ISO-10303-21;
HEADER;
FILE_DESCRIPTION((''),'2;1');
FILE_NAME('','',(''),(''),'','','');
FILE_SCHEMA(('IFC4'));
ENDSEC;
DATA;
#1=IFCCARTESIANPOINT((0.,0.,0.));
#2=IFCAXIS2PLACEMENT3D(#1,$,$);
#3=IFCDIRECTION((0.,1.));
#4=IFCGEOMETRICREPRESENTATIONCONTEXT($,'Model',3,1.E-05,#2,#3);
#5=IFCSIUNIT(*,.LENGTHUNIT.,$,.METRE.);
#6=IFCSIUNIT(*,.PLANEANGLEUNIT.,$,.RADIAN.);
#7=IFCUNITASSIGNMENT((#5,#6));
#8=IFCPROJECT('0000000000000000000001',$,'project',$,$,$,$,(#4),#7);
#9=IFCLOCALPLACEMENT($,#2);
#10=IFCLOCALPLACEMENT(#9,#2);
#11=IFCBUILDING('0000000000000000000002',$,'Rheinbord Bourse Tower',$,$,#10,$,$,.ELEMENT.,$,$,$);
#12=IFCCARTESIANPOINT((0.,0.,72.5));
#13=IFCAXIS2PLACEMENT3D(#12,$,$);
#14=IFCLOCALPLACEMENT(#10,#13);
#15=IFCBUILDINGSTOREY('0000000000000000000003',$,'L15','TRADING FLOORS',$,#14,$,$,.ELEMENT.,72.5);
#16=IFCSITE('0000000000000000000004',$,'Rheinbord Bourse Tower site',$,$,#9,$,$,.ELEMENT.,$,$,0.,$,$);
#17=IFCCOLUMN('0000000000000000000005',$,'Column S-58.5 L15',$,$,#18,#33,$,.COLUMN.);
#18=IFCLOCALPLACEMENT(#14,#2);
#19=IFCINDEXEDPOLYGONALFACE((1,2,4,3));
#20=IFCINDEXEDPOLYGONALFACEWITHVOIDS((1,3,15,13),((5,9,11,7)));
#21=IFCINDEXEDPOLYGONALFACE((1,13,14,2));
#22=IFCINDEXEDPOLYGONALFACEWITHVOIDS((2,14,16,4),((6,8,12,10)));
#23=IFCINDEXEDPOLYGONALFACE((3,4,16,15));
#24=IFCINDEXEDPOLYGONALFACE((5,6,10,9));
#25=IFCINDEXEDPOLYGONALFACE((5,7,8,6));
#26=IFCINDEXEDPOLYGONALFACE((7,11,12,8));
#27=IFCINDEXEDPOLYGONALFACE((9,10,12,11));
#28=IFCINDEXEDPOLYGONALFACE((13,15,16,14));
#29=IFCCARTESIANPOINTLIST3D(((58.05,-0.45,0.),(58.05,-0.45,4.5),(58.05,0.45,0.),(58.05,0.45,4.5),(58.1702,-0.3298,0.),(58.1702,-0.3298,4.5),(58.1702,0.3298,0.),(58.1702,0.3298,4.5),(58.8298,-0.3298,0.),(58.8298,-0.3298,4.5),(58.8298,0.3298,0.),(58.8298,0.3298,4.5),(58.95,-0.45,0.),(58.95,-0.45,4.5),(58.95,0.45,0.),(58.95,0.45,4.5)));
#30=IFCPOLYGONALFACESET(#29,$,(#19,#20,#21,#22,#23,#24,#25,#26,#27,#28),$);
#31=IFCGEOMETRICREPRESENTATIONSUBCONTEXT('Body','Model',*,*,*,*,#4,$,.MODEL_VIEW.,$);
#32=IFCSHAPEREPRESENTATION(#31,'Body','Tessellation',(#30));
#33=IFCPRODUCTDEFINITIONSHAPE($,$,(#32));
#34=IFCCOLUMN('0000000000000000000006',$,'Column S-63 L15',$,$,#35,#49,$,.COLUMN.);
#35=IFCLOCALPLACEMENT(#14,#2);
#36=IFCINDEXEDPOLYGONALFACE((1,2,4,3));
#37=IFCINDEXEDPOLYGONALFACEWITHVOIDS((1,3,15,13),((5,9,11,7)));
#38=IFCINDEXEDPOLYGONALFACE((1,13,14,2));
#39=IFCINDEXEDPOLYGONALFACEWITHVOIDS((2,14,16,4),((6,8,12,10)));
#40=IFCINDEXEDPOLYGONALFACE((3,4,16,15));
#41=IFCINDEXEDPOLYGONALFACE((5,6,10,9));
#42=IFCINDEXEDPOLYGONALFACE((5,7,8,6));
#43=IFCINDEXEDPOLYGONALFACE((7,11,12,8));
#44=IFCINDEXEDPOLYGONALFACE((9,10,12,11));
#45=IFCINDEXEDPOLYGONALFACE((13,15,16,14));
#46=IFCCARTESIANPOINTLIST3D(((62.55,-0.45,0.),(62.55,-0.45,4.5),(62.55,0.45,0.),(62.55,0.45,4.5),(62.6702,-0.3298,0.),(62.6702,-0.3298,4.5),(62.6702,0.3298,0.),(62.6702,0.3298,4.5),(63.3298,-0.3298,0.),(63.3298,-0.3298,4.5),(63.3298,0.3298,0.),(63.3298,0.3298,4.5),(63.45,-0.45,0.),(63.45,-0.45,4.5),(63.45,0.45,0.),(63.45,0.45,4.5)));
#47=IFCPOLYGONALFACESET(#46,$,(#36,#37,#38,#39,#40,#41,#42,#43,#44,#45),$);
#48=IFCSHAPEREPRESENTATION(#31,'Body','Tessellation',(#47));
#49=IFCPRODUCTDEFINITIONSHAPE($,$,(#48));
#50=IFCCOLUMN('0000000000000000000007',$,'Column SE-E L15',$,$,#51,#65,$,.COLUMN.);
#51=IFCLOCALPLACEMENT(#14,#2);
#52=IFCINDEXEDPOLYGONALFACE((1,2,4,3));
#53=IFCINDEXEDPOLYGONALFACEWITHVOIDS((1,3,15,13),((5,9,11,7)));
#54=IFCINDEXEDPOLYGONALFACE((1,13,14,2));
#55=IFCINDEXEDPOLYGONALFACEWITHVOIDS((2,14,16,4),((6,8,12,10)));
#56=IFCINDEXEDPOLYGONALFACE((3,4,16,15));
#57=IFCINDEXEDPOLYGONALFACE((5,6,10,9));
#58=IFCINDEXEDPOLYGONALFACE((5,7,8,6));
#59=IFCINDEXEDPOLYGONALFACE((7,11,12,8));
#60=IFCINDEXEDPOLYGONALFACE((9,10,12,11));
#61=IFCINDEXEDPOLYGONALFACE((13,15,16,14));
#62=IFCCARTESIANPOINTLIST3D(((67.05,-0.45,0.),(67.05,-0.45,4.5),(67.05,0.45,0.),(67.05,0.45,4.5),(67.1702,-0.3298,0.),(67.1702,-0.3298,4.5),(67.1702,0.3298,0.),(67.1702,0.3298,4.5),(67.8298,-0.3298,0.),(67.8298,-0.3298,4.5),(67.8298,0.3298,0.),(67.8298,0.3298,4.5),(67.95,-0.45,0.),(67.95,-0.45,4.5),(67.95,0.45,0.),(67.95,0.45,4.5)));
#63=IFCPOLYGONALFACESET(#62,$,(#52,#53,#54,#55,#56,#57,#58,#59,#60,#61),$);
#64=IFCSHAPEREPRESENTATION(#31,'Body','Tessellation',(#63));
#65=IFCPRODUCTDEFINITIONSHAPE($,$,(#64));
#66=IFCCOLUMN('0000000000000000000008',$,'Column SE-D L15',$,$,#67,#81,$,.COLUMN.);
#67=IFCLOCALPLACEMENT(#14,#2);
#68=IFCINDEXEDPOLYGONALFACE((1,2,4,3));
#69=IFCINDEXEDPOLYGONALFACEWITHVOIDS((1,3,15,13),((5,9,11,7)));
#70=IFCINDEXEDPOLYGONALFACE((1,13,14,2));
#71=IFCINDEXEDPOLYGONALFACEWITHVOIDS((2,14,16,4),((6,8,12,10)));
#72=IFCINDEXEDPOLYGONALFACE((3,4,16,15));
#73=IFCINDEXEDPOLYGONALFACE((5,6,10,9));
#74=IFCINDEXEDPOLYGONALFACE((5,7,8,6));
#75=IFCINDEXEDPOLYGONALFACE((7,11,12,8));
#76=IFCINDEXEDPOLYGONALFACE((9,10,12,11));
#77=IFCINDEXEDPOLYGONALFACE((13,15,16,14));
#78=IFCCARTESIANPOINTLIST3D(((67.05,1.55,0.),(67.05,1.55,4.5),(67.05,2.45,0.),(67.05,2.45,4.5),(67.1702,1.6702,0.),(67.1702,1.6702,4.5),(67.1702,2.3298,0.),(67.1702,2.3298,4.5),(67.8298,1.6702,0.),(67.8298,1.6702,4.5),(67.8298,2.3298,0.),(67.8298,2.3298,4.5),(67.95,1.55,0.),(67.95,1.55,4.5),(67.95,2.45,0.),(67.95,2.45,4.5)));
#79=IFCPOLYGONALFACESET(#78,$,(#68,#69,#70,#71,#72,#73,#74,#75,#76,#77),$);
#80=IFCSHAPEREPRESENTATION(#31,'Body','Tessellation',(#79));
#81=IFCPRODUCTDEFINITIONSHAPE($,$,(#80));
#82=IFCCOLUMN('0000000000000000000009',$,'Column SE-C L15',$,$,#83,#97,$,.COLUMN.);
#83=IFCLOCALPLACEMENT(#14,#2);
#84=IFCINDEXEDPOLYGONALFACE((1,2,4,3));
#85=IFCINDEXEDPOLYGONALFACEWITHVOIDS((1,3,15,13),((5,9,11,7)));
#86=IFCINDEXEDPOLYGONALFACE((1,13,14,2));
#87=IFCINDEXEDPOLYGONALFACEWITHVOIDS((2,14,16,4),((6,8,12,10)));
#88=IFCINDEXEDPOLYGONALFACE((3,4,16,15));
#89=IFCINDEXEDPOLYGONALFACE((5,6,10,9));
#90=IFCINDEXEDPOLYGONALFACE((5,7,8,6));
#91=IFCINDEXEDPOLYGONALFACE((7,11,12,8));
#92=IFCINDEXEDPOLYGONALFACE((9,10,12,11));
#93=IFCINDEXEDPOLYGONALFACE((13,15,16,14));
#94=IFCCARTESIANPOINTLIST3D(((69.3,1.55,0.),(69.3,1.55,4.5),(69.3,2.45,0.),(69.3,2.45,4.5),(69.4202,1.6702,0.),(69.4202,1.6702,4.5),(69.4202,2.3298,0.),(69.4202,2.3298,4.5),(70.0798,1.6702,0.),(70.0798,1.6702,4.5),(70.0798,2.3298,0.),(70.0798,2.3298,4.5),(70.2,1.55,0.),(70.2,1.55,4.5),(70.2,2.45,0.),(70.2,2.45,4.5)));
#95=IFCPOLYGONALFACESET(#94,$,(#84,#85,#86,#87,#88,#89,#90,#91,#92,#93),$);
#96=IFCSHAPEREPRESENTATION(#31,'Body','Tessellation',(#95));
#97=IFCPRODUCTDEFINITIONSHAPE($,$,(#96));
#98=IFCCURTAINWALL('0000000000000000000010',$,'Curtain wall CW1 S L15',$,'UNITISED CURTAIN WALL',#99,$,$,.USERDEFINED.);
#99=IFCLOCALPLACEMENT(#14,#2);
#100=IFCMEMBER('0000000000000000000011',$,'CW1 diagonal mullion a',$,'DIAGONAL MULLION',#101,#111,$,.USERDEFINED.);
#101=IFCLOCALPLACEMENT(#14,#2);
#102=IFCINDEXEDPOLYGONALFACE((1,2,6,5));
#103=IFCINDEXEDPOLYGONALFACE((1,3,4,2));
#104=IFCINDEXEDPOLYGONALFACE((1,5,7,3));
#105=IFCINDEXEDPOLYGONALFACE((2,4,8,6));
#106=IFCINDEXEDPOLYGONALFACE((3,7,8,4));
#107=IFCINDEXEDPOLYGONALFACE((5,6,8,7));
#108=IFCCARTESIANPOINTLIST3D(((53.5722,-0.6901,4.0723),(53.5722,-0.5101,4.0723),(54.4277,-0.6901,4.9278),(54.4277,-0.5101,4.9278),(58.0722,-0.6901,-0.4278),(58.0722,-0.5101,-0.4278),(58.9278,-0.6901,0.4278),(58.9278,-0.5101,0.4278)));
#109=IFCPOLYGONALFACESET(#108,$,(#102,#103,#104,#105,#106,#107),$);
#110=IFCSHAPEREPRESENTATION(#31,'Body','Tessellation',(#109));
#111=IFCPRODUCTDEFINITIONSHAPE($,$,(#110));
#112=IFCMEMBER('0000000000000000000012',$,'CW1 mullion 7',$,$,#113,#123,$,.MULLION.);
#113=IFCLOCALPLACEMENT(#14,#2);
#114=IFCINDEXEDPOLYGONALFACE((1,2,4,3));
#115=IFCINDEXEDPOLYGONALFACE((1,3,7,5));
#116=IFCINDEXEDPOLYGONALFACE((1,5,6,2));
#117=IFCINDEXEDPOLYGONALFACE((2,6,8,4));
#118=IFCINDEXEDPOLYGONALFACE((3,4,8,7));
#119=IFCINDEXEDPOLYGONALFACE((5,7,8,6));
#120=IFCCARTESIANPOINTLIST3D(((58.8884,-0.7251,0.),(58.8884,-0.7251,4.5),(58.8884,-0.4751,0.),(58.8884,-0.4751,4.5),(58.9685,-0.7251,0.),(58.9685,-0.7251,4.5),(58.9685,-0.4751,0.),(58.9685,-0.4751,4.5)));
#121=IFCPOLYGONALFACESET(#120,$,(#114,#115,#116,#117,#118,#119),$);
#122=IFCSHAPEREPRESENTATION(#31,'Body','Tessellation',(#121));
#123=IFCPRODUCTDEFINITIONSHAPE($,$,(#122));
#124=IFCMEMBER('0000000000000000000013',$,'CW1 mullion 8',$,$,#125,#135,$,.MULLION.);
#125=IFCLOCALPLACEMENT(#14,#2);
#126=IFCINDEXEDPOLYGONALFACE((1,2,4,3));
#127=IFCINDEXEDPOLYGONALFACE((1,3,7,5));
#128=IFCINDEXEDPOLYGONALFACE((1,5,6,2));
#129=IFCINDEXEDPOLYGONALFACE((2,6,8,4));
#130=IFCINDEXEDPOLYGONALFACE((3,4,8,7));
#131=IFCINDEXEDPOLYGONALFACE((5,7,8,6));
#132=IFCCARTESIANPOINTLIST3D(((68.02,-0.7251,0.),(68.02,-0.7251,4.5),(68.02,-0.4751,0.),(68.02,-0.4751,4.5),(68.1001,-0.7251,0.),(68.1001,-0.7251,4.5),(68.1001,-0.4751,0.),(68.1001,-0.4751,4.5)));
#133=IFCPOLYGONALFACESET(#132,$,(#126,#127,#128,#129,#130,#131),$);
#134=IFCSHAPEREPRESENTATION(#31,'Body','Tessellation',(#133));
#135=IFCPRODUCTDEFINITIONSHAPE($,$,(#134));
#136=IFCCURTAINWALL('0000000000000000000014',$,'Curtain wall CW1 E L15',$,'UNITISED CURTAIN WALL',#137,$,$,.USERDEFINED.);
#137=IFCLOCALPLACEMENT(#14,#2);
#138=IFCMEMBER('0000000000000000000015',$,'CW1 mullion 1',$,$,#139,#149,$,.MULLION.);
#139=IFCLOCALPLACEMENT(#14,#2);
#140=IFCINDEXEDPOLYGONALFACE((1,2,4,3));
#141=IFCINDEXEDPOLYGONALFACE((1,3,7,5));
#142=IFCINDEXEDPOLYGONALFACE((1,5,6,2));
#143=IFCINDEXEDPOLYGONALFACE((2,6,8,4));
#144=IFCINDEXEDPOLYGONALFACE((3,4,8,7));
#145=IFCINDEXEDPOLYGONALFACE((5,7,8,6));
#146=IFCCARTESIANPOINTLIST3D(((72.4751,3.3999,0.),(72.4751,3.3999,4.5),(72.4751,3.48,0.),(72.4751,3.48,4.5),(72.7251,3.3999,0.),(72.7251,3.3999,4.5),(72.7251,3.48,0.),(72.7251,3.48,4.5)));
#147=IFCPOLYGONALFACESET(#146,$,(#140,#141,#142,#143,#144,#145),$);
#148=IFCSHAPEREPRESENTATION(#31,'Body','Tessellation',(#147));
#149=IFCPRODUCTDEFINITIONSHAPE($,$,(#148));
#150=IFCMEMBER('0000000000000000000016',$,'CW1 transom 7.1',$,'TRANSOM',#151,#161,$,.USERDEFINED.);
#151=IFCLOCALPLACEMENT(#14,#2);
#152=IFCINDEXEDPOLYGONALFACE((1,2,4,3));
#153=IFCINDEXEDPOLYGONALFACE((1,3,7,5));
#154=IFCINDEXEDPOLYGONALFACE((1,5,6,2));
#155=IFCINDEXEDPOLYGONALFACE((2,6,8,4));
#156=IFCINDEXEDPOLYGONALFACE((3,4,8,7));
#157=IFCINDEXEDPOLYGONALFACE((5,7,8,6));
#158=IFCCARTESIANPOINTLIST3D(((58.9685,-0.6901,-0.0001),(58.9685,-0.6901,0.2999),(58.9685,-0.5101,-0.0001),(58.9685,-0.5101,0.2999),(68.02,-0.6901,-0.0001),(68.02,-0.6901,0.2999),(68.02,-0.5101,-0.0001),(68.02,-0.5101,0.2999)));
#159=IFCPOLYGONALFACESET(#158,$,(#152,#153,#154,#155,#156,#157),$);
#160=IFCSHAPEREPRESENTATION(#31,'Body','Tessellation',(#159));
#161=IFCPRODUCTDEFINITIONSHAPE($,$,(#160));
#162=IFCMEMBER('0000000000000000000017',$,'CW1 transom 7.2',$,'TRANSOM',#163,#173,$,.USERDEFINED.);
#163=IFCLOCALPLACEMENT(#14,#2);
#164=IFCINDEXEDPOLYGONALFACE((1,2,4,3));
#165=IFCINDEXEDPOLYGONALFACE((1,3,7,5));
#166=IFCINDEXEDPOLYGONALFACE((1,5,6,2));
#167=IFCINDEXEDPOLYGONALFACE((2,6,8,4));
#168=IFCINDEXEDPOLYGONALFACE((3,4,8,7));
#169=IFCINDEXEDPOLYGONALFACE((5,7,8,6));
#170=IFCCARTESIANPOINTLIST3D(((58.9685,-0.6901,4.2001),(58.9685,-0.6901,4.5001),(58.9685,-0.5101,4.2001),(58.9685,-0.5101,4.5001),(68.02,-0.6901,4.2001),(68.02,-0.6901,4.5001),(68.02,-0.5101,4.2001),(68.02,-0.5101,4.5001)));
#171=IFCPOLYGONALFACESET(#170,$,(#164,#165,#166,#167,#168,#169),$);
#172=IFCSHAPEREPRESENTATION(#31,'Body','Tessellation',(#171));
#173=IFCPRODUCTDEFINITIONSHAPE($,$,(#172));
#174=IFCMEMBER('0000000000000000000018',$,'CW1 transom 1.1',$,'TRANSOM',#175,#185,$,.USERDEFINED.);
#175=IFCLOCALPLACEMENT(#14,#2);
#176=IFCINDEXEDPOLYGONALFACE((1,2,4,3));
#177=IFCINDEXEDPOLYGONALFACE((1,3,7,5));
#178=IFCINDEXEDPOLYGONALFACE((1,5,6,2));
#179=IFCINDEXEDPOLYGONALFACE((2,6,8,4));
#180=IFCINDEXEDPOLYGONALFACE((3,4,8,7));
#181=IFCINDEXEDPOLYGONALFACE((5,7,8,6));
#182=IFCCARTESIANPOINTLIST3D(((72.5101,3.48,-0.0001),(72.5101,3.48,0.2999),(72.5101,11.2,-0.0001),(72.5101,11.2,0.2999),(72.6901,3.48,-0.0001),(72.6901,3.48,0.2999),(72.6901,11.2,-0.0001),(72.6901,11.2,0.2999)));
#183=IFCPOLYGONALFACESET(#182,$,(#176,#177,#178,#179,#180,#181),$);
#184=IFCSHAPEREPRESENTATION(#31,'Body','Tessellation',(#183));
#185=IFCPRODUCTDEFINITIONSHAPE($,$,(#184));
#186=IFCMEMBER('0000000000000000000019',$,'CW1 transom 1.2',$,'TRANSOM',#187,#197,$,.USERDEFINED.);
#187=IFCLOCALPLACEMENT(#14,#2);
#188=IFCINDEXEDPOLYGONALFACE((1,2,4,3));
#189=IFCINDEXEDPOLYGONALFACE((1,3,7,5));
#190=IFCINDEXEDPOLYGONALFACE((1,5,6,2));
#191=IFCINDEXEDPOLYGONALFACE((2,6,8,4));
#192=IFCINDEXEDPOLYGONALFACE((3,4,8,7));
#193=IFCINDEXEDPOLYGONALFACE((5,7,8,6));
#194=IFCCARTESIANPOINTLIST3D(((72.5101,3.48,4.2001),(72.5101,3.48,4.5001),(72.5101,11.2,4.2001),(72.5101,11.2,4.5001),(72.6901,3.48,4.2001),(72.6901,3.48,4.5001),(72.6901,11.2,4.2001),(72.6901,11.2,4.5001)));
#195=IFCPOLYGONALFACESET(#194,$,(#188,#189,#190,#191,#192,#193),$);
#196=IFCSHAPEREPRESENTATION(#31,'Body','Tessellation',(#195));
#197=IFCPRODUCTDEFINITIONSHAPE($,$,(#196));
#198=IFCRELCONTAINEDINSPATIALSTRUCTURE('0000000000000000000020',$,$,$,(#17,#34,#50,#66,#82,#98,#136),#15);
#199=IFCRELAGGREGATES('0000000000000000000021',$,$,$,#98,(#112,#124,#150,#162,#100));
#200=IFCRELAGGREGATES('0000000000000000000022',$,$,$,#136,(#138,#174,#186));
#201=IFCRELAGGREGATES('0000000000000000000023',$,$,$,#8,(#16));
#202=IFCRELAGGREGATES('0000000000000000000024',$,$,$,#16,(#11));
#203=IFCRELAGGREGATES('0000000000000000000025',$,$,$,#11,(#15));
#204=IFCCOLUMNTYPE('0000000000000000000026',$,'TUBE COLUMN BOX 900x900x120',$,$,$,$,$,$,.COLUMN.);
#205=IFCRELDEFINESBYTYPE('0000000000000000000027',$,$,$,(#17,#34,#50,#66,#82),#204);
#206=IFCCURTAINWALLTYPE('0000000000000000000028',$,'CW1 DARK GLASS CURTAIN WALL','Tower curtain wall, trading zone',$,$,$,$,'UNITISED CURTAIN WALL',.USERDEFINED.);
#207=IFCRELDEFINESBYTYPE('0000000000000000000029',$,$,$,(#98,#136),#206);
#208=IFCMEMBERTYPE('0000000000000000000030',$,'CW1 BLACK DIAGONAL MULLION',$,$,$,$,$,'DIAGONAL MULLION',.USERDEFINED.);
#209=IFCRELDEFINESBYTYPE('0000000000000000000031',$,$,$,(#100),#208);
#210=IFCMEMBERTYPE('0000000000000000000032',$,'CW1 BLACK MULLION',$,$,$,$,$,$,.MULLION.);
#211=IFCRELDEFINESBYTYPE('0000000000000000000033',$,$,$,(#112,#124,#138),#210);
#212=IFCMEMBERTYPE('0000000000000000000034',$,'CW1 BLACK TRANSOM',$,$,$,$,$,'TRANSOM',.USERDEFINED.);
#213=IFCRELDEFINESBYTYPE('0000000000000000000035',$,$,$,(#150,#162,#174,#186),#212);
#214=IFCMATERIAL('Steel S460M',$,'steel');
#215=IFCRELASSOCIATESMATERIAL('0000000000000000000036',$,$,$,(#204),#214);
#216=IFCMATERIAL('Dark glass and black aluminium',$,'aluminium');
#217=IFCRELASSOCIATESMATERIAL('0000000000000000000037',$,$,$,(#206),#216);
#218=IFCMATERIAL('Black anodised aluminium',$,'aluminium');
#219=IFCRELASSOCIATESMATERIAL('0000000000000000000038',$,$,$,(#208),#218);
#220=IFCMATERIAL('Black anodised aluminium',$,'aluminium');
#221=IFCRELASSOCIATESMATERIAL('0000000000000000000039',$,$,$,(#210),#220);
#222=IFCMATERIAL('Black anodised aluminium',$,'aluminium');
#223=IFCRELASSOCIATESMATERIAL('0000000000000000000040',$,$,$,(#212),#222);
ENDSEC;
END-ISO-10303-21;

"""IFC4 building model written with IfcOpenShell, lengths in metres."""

from ifc_helpers import new_model, si_unit, direction, frame, origin, origin_2d, place, context, subcontext, project, spatial, rectangle, hollow_rectangle, extrude, material, material_profile, profile_set, type_object, element, aggregate, save


model = new_model("IFC4")

# Units and contexts
model_context = context("Model", 3, precision=1e-05, world=origin(), true_north=direction((0.0, 1.0)))
body_context = subcontext(model_context, "Body", "Model", "MODEL_VIEW")
ifc_project = project(units=[si_unit("LENGTHUNIT", "METRE"), si_unit("PLANEANGLEUNIT", "RADIAN")], contexts=[model_context])

# Site, building, storey
site_placement = place(None, origin())
site = spatial("IfcSite", under=ifc_project, at=site_placement, Name="Rheinbord Bourse Tower site", CompositionType="ELEMENT", RefElevation=0.0)
building_placement = place(site_placement, origin())
building = spatial("IfcBuilding", under=site, at=building_placement, Name="Rheinbord Bourse Tower", CompositionType="ELEMENT")
storey_placement = place(building_placement, frame((0.0, 0.0, 72.5)))
storey = spatial("IfcBuildingStorey", under=building, at=storey_placement, Name="L15", Description="TRADING FLOORS", CompositionType="ELEMENT", Elevation=72.5)

# Columns
ifc_material_1 = material(Name="Steel S460M", Category="steel")
ifc_material_profile_1 = material_profile(ifc_material_1, hollow_rectangle(XDim=0.8999, YDim=0.8999, WallThickness=0.1201, at=origin_2d()), Name="BOX 900x900x120")
ifc_profile_set_1 = profile_set([ifc_material_profile_1], Name="Steel S460M")
column_type = type_object("IfcColumnType", Name="TUBE COLUMN BOX 900x900x120", PredefinedType="COLUMN", material=ifc_profile_set_1)
for number, where, z_axis, x_axis, name in (
    (1, (58.5, 0.0, 0.0), (0.0, 0.0, 1.0), (0.0, 1.0, 0.0), "Column S-58.5 L15"),
    (2, (63.0, 0.0, 0.0), (0.0, 0.0, 1.0), (0.0, 1.0, 0.0), "Column S-63 L15"),
    (3, (67.5, 0.0, 0.0), (0.0, 0.0, 1.0), (0.0, 1.0, 0.0), "Column SE-E L15"),
    (4, (67.5, 2.0, 0.0), (0.0, 0.0, 1.0), (0.0, 1.0, 0.0), "Column SE-D L15"),
    (5, (69.75, 2.0, 0.0), (0.0, 0.0, 1.0), (1.0, 0.0, 0.0), "Column SE-C L15"),
):
    element("IfcColumn", number, at=place(storey_placement, frame(where, z_axis=z_axis, x_axis=x_axis)), inside=storey, type_object=column_type, Name=name, PredefinedType="COLUMN", context=body_context, shape_type="SweptSolid", body=[
        extrude(hollow_rectangle(XDim=0.8999, YDim=0.8999, WallThickness=0.1201, at=origin_2d()), origin(), (0.0, 0.0, 1.0), 4.5),
    ])

# Curtain wall, members
ifc_material_2 = material(Name="Dark glass and black aluminium", Category="aluminium")
curtain_wall_type = type_object("IfcCurtainWallType", Name="CW1 DARK GLASS CURTAIN WALL", Description="Tower curtain wall, trading zone", ElementType="UNITISED CURTAIN WALL", PredefinedType="USERDEFINED", material=ifc_material_2)
curtain_wall_1_placement = place(storey_placement, origin())
curtain_wall_1 = element("IfcCurtainWall", 6, at=curtain_wall_1_placement, inside=storey, type_object=curtain_wall_type, Name="Curtain wall CW1 S L15", ObjectType="UNITISED CURTAIN WALL", PredefinedType="USERDEFINED")
ifc_material_3 = material(Name="Black anodised aluminium", Category="aluminium")
ifc_material_profile_2 = material_profile(ifc_material_3, rectangle(XDim=0.1799, YDim=1.21, at=origin_2d()), Name="CW1 DIAGONAL MULLION 1210x180")
ifc_profile_set_2 = profile_set([ifc_material_profile_2], Name="Black anodised aluminium")
member_type_1 = type_object("IfcMemberType", Name="CW1 BLACK DIAGONAL MULLION", ElementType="DIAGONAL MULLION", PredefinedType="USERDEFINED", material=ifc_profile_set_2)
member_1_placement = place(storey_placement, frame((58.5, -0.6001, 0.0), z_axis=(-0.707107, 0.0, 0.707107), x_axis=(0.0, -1.0, 0.0)))
member_1 = element("IfcMember", 7, at=member_1_placement, type_object=member_type_1, Name="CW1 diagonal mullion a", ObjectType="DIAGONAL MULLION", PredefinedType="USERDEFINED", context=body_context, shape_type="SweptSolid", body=[
    extrude(rectangle(XDim=0.1799, YDim=1.21, at=origin_2d()), origin(), (0.0, 0.0, 1.0), 6.364),
])
ifc_material_4 = material(Name="Black anodised aluminium", Category="aluminium")
ifc_material_profile_3 = material_profile(ifc_material_4, rectangle(XDim=0.25, YDim=0.0801, at=origin_2d()), Name="CW1 MULLION 80x250")
ifc_profile_set_3 = profile_set([ifc_material_profile_3], Name="Black anodised aluminium")
member_type_2 = type_object("IfcMemberType", Name="CW1 BLACK MULLION", PredefinedType="MULLION", material=ifc_profile_set_3)
member_2_placement = place(storey_placement, frame((58.9285, -0.6001, 0.0), z_axis=(0.0, 0.0, 1.0), x_axis=(0.0, 1.0, 0.0)))
member_2 = element("IfcMember", 8, at=member_2_placement, type_object=member_type_2, Name="CW1 mullion 7", PredefinedType="MULLION", context=body_context, shape_type="SweptSolid", body=[
    extrude(rectangle(XDim=0.25, YDim=0.0801, at=origin_2d()), origin(), (0.0, 0.0, 1.0), 4.5),
])
member_3_placement = place(storey_placement, frame((68.0601, -0.6001, 0.0), z_axis=(0.0, 0.0, 1.0), x_axis=(0.0, 1.0, 0.0)))
member_3 = element("IfcMember", 9, at=member_3_placement, type_object=member_type_2, Name="CW1 mullion 8", PredefinedType="MULLION", context=body_context, shape_type="SweptSolid", body=[
    extrude(rectangle(XDim=0.25, YDim=0.0801, at=origin_2d()), origin(), (0.0, 0.0, 1.0), 4.5),
])

# Curtain wall, member
curtain_wall_2_placement = place(storey_placement, origin())
curtain_wall_2 = element("IfcCurtainWall", 10, at=curtain_wall_2_placement, inside=storey, type_object=curtain_wall_type, Name="Curtain wall CW1 E L15", ObjectType="UNITISED CURTAIN WALL", PredefinedType="USERDEFINED")
member_4_placement = place(storey_placement, frame((72.6001, 3.4399, 0.0), z_axis=(0.0, 0.0, 1.0), x_axis=(-1.0, 0.0, 0.0)))
member_4 = element("IfcMember", 11, at=member_4_placement, type_object=member_type_2, Name="CW1 mullion 1", PredefinedType="MULLION", context=body_context, shape_type="SweptSolid", body=[
    extrude(rectangle(XDim=0.25, YDim=0.0801, at=origin_2d()), origin(), (0.0, 0.0, 1.0), 4.5),
])

# Members
ifc_material_5 = material(Name="Black anodised aluminium", Category="aluminium")
ifc_material_profile_4 = material_profile(ifc_material_5, rectangle(XDim=0.1799, YDim=0.3, at=origin_2d()), Name="CW1 TRANSOM 300x180")
ifc_profile_set_4 = profile_set([ifc_material_profile_4], Name="Black anodised aluminium")
member_type_3 = type_object("IfcMemberType", Name="CW1 BLACK TRANSOM", ElementType="TRANSOM", PredefinedType="USERDEFINED", material=ifc_profile_set_4)
member_5_placement = place(storey_placement, frame((58.9685, -0.6001, 0.1499), z_axis=(1.0, 0.0, 0.0), x_axis=(0.0, 1.0, 0.0)))
member_5 = element("IfcMember", 12, at=member_5_placement, type_object=member_type_3, Name="CW1 transom 7.1", ObjectType="TRANSOM", PredefinedType="USERDEFINED", context=body_context, shape_type="SweptSolid", body=[
    extrude(rectangle(XDim=0.1799, YDim=0.3, at=origin_2d()), origin(), (0.0, 0.0, 1.0), 9.0515),
])
member_6_placement = place(storey_placement, frame((58.9685, -0.6001, 4.3501), z_axis=(1.0, 0.0, 0.0), x_axis=(0.0, 1.0, 0.0)))
member_6 = element("IfcMember", 13, at=member_6_placement, type_object=member_type_3, Name="CW1 transom 7.2", ObjectType="TRANSOM", PredefinedType="USERDEFINED", context=body_context, shape_type="SweptSolid", body=[
    extrude(rectangle(XDim=0.1799, YDim=0.3, at=origin_2d()), origin(), (0.0, 0.0, 1.0), 9.0515),
])
member_7_placement = place(storey_placement, frame((72.6001, 3.48, 0.1499), z_axis=(0.0, 1.0, 0.0), x_axis=(-1.0, 0.0, 0.0)))
member_7 = element("IfcMember", 14, at=member_7_placement, type_object=member_type_3, Name="CW1 transom 1.1", ObjectType="TRANSOM", PredefinedType="USERDEFINED", context=body_context, shape_type="SweptSolid", body=[
    extrude(rectangle(XDim=0.1799, YDim=0.3, at=origin_2d()), origin(), (0.0, 0.0, 1.0), 7.72),
])
member_8_placement = place(storey_placement, frame((72.6001, 3.48, 4.3501), z_axis=(0.0, 1.0, 0.0), x_axis=(-1.0, 0.0, 0.0)))
member_8 = element("IfcMember", 15, at=member_8_placement, type_object=member_type_3, Name="CW1 transom 1.2", ObjectType="TRANSOM", PredefinedType="USERDEFINED", context=body_context, shape_type="SweptSolid", body=[
    extrude(rectangle(XDim=0.1799, YDim=0.3, at=origin_2d()), origin(), (0.0, 0.0, 1.0), 7.72),
])

aggregate(curtain_wall_1, [member_2, member_3, member_5, member_6, member_1])
aggregate(curtain_wall_2, [member_4, member_7, member_8])

save(model, "model.ifc")
